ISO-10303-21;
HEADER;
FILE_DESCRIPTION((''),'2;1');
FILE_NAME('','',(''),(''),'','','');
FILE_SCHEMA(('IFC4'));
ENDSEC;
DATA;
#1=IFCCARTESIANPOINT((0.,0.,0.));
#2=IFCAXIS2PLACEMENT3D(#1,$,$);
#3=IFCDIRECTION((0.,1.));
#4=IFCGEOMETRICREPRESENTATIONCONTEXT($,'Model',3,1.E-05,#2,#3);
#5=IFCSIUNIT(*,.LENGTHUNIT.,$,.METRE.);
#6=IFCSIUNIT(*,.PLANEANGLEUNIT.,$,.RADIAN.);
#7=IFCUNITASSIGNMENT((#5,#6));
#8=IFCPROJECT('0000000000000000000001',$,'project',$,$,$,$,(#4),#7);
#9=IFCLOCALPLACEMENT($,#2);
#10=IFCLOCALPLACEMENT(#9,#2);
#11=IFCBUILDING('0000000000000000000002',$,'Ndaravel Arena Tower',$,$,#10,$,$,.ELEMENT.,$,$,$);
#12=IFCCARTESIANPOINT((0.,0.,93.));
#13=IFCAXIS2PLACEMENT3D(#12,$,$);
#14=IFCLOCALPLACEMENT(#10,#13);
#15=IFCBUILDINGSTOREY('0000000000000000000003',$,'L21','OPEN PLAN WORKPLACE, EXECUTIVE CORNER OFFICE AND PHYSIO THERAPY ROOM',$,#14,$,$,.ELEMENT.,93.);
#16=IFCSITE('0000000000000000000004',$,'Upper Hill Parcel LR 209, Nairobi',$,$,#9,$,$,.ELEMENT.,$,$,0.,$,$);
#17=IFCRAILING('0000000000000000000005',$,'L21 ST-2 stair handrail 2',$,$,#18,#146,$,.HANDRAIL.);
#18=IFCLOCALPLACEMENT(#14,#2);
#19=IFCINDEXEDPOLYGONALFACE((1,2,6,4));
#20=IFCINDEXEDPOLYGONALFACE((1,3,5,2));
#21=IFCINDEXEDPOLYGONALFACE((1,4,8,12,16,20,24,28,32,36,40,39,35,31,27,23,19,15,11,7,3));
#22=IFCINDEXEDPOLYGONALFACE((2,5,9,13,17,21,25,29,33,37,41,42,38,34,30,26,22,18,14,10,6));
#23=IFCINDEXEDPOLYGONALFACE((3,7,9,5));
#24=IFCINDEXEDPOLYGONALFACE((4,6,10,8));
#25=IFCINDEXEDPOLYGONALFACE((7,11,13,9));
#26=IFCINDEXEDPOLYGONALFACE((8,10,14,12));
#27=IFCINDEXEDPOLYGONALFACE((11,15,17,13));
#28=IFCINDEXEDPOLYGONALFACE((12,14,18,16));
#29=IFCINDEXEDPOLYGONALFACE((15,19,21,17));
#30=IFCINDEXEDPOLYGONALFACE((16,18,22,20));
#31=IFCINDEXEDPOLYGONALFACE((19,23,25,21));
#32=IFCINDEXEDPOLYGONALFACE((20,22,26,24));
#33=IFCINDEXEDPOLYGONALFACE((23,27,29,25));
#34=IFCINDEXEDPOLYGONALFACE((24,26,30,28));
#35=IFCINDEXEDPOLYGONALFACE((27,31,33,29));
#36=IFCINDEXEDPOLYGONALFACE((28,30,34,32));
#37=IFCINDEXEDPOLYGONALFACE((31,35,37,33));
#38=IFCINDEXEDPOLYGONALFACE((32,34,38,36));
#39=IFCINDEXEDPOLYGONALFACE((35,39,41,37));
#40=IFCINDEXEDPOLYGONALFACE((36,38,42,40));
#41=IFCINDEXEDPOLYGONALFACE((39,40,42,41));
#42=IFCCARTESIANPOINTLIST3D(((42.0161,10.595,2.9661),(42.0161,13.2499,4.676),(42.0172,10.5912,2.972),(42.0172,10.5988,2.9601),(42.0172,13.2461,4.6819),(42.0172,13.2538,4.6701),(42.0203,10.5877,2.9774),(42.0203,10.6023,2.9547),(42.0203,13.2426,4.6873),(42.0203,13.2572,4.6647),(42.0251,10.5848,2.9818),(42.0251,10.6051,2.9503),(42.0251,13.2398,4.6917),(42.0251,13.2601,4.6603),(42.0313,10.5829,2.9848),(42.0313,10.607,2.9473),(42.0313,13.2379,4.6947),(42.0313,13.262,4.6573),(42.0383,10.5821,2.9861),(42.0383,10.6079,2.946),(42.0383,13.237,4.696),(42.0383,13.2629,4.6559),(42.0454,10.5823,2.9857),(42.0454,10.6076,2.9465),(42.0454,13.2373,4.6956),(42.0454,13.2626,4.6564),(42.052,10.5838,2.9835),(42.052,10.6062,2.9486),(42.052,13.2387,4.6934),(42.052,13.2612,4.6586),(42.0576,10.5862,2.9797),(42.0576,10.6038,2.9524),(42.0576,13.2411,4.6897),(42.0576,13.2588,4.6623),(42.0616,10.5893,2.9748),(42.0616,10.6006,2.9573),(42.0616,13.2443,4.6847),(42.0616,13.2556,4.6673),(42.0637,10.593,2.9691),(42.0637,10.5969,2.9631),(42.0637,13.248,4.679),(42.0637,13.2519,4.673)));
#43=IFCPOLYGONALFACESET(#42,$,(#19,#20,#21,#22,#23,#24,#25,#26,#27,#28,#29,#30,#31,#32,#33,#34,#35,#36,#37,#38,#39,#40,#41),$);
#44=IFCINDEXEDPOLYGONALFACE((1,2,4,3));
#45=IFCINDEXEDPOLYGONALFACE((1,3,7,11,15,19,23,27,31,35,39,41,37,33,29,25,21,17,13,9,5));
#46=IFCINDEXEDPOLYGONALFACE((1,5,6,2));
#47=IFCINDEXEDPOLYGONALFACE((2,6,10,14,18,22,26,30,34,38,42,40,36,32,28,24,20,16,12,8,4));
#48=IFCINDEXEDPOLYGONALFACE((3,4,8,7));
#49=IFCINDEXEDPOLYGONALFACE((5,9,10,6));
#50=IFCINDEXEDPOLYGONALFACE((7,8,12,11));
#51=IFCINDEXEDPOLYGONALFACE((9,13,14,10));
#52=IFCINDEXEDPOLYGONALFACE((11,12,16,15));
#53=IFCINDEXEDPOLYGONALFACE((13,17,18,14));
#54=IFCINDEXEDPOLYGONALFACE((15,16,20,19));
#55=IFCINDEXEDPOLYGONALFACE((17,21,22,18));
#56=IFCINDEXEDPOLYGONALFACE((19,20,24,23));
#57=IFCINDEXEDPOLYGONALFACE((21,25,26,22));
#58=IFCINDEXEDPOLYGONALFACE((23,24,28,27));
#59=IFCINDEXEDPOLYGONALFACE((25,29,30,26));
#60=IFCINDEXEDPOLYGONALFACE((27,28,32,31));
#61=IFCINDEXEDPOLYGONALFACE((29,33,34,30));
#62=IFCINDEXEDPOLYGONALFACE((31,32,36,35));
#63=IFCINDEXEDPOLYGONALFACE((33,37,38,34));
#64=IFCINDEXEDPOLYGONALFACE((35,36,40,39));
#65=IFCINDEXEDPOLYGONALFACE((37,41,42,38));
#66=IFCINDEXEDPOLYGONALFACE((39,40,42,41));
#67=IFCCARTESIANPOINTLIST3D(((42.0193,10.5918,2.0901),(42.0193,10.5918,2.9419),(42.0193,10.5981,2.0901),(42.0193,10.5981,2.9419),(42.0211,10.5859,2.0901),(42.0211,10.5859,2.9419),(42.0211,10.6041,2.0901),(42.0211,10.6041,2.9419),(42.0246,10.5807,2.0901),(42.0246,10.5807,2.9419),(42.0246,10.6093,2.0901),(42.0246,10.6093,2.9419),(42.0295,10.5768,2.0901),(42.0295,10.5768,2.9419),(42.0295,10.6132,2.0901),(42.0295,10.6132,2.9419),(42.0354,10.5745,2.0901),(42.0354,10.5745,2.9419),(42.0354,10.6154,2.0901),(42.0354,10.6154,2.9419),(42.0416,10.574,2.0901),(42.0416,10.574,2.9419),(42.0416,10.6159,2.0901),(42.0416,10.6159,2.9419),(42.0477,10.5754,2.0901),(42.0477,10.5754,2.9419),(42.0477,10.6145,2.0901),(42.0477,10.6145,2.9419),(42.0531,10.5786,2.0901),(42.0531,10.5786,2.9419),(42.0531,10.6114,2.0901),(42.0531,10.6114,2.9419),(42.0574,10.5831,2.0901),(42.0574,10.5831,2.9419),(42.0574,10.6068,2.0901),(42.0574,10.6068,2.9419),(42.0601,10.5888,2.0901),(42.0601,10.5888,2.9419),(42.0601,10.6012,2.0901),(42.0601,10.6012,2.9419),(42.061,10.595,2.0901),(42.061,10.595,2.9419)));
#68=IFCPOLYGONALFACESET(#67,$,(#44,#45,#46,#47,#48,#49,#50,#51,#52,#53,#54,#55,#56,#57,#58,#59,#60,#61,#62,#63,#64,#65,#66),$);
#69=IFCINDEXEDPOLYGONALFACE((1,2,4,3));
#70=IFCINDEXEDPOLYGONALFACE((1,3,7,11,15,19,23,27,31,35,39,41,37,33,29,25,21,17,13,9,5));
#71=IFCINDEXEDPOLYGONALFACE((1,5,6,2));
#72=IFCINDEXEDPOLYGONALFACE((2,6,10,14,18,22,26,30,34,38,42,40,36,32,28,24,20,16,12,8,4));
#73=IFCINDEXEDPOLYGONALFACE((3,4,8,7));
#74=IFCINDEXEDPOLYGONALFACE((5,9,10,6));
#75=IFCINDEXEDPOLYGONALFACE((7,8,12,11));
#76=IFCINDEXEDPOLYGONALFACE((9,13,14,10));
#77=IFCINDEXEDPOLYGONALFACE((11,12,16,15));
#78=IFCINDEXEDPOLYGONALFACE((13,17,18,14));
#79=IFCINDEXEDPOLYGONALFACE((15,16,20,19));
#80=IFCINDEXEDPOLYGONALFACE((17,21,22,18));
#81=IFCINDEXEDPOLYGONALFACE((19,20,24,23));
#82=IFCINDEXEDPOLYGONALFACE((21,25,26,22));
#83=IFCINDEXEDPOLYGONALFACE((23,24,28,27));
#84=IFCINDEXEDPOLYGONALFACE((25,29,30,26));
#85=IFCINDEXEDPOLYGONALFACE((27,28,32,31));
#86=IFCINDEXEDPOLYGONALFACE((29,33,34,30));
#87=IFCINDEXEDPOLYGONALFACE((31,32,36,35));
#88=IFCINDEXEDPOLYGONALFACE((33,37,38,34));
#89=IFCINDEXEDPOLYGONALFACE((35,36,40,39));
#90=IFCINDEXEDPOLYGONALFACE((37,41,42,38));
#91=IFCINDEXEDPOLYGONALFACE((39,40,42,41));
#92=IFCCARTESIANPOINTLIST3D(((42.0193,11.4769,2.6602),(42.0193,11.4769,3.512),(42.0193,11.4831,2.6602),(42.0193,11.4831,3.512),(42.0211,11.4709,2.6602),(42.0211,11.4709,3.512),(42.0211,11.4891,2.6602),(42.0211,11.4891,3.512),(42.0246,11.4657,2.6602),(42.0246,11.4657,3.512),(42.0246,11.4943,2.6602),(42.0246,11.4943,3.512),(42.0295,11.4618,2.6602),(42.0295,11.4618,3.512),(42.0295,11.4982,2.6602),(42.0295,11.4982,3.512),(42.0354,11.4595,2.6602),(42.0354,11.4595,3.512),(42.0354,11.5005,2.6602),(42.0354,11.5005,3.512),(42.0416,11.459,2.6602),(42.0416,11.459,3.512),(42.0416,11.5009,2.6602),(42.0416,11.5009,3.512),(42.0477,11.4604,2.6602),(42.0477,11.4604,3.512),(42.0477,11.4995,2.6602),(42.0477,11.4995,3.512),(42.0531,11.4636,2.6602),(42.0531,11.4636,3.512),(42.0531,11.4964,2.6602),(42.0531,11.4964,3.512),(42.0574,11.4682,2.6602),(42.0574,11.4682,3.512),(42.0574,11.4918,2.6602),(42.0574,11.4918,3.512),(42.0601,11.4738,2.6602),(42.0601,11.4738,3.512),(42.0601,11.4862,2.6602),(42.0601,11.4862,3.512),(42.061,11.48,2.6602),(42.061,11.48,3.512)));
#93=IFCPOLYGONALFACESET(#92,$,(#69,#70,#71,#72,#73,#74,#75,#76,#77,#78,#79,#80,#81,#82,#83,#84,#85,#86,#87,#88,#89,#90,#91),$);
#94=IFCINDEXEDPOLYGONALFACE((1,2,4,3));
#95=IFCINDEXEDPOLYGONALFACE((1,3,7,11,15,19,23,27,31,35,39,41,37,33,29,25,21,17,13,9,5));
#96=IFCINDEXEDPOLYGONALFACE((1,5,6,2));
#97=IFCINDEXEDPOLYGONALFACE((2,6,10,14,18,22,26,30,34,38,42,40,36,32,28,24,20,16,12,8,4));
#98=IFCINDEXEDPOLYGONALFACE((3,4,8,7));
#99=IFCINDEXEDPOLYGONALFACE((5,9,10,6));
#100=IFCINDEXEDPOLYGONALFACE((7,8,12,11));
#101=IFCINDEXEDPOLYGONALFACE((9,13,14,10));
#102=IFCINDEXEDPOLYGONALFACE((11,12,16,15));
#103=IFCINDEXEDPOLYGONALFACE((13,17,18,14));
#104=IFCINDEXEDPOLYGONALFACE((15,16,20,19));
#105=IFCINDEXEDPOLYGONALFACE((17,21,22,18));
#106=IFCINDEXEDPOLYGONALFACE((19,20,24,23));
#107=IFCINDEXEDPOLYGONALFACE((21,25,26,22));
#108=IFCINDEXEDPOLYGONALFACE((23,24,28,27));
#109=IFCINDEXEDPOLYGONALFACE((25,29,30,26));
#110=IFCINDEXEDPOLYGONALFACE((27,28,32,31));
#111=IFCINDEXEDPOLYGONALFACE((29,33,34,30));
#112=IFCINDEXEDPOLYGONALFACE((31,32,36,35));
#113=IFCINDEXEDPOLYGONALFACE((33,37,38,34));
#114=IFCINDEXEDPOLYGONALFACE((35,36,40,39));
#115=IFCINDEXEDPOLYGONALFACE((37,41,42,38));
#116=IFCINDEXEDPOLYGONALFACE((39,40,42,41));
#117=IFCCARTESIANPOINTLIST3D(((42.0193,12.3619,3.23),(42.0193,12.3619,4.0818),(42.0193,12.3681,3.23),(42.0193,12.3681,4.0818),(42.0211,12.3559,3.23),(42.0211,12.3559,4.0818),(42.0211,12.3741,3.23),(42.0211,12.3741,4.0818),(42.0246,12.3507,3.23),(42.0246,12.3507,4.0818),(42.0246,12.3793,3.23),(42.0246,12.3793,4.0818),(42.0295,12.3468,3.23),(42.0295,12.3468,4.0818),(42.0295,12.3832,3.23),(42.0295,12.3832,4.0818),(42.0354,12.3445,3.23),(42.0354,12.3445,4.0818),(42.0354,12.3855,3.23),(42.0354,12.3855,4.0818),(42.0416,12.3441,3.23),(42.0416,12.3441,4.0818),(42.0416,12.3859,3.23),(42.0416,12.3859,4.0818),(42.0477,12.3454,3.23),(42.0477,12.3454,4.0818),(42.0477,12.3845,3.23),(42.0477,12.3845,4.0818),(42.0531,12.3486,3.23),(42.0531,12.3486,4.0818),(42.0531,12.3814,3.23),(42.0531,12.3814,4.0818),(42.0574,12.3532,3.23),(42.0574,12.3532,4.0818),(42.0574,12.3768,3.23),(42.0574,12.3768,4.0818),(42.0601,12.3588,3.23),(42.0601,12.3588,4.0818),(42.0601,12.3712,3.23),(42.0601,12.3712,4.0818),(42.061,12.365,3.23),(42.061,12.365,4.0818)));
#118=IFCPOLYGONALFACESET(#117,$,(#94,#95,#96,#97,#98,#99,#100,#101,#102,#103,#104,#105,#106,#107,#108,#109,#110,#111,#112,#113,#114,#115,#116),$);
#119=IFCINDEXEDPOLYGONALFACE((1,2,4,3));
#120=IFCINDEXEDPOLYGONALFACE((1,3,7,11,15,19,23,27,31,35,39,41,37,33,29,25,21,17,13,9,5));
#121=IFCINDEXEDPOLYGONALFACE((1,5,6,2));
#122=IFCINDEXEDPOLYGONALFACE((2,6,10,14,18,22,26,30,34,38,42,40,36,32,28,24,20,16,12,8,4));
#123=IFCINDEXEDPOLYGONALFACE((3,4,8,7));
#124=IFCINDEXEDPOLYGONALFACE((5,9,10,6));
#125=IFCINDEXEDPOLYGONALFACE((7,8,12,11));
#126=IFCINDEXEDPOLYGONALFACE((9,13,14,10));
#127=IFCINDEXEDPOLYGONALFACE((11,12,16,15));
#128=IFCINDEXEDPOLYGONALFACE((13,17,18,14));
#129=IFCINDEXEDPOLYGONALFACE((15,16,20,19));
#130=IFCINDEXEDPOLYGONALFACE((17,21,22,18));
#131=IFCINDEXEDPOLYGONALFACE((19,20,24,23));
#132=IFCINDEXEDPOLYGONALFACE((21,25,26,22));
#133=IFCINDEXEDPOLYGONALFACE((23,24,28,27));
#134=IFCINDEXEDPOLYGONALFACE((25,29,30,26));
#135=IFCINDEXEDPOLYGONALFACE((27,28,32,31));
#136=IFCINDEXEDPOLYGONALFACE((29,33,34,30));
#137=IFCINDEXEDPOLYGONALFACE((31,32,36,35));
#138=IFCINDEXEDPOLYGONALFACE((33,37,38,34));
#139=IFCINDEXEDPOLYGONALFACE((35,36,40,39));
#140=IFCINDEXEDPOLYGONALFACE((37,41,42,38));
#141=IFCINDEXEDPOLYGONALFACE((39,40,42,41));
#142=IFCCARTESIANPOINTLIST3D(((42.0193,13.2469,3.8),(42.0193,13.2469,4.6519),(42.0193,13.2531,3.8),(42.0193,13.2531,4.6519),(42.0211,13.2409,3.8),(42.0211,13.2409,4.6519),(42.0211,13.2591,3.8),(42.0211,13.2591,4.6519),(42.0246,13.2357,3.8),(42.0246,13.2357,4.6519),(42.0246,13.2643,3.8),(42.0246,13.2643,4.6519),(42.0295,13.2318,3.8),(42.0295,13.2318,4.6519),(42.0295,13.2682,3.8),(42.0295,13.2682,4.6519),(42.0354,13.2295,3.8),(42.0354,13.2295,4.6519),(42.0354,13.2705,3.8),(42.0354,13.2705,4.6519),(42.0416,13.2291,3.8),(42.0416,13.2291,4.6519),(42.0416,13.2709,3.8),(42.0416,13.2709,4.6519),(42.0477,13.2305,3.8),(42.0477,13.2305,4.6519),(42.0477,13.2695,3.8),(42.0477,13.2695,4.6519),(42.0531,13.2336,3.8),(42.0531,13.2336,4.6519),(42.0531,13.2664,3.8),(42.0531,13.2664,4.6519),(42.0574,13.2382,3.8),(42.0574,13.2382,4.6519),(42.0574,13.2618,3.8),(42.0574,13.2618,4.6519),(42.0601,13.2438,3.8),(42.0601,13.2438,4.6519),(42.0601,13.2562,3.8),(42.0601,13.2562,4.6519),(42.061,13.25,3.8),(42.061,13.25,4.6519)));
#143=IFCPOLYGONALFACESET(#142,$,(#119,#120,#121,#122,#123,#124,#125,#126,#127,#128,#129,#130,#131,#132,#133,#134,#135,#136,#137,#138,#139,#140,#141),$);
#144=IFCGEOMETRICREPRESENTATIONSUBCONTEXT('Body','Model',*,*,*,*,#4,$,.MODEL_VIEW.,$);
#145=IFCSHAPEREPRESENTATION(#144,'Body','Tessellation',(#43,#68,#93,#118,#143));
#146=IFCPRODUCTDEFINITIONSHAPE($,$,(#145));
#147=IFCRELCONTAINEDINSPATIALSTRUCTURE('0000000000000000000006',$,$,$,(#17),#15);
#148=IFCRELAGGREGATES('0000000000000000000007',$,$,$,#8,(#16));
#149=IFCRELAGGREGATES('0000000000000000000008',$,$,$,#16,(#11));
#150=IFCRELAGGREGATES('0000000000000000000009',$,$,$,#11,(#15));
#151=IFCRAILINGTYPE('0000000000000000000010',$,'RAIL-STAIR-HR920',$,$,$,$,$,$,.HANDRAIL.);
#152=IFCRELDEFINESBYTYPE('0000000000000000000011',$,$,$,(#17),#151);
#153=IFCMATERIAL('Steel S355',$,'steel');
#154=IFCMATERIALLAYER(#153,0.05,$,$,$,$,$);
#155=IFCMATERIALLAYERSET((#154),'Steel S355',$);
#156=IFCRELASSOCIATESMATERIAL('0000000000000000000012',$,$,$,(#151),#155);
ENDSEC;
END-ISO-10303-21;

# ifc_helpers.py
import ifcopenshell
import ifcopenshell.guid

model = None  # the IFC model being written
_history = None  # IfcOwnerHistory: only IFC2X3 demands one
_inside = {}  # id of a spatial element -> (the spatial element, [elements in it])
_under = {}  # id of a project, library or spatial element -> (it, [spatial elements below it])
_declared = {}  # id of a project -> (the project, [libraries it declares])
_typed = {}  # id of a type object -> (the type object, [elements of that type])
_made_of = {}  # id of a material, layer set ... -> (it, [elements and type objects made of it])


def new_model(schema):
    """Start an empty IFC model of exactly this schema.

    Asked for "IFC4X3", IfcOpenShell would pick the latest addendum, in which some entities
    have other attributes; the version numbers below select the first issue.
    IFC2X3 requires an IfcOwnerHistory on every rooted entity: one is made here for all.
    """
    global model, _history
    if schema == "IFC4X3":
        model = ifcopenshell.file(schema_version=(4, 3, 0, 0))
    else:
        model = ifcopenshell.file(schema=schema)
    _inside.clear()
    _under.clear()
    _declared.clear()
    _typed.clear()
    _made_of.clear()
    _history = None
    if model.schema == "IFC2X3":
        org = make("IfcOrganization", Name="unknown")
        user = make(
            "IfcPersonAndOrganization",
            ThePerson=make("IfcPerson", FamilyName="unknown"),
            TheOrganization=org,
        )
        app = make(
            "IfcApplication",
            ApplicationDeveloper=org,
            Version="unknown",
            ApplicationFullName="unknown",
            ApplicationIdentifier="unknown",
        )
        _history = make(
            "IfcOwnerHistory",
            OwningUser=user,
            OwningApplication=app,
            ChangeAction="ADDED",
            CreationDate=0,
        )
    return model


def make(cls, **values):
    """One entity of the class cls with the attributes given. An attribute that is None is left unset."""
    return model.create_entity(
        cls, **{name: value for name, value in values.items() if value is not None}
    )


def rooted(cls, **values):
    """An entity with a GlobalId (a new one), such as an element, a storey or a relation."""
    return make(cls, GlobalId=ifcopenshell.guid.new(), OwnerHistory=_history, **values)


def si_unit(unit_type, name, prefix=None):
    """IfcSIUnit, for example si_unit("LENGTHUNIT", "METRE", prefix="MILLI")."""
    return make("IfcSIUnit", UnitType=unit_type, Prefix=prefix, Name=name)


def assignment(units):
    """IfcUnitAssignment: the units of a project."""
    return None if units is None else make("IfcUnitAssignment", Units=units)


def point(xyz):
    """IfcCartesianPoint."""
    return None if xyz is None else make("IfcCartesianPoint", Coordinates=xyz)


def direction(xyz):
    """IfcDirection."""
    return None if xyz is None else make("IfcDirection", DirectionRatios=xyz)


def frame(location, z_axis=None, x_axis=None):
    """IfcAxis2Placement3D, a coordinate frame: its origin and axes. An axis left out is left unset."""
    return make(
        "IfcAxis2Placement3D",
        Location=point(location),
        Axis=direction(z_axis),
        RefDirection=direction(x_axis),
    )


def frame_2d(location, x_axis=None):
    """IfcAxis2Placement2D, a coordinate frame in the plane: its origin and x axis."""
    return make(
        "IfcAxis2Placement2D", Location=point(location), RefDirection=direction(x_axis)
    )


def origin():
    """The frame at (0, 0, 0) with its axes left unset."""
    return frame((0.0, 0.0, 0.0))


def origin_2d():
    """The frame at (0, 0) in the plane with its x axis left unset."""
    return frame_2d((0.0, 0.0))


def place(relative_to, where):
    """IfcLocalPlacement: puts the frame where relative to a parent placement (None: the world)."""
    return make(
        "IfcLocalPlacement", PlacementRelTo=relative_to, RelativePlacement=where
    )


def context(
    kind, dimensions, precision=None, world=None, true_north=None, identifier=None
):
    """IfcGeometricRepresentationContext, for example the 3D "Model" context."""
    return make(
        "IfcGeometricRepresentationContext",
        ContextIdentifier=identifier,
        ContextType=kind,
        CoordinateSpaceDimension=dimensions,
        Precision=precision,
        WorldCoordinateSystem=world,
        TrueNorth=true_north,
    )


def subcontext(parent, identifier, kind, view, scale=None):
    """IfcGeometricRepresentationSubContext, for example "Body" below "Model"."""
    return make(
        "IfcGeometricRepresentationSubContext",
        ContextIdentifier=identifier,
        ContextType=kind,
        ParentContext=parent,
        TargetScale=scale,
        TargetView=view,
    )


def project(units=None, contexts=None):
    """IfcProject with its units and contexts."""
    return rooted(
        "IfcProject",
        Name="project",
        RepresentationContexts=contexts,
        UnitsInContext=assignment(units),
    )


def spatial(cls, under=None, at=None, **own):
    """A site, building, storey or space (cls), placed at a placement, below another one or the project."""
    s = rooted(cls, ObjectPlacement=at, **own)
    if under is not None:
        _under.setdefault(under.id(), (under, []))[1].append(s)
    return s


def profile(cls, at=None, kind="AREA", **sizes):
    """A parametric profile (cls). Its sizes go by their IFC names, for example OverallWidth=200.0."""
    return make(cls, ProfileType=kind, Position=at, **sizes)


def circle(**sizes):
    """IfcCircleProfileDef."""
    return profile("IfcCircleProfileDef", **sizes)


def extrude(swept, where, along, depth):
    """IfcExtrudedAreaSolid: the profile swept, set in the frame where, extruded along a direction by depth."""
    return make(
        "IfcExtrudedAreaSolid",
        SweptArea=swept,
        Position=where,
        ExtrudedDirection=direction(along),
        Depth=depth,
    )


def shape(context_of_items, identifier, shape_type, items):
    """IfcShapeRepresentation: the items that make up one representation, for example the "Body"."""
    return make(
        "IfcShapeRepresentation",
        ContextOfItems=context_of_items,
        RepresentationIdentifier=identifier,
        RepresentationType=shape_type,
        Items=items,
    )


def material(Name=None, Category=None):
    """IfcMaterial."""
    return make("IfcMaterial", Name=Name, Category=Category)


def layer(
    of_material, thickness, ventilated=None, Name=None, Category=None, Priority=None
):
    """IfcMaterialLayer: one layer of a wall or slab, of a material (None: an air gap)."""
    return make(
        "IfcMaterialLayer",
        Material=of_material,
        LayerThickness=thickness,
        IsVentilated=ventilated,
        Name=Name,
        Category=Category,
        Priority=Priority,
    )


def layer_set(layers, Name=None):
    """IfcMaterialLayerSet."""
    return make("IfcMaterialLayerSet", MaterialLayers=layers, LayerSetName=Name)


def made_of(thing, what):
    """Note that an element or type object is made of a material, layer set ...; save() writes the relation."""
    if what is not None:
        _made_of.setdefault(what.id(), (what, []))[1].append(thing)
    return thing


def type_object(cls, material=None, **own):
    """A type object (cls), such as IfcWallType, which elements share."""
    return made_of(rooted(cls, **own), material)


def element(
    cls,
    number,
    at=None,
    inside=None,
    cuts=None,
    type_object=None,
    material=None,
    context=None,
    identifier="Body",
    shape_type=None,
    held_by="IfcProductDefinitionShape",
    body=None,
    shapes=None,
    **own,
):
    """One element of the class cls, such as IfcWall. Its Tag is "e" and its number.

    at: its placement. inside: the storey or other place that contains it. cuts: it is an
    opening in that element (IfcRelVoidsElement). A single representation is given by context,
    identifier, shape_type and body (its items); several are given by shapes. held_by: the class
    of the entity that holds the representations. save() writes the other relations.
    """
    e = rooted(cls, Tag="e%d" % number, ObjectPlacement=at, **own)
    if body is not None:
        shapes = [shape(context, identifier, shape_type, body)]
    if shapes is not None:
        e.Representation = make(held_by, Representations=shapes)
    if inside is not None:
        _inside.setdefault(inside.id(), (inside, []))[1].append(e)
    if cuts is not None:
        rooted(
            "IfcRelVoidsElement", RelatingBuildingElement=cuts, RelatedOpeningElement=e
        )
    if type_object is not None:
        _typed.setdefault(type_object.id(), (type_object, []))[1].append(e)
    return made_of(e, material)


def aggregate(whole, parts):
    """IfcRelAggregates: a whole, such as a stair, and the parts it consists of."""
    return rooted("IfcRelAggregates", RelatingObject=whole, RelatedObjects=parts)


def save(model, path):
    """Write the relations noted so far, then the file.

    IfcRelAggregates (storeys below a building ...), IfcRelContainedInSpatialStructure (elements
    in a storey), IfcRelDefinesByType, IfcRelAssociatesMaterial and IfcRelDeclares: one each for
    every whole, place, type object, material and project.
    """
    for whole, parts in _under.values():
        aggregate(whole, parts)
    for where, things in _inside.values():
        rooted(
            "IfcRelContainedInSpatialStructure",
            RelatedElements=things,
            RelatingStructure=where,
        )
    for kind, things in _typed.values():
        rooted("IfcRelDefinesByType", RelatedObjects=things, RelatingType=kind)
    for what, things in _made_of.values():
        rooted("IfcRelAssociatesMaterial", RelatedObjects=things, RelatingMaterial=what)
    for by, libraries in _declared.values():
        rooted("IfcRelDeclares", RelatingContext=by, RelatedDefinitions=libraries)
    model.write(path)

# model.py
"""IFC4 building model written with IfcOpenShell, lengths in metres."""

from ifc_helpers import new_model, si_unit, direction, frame, origin, origin_2d, place, context, subcontext, project, spatial, circle, extrude, material, layer, layer_set, type_object, element, save


model = new_model("IFC4")

# Units and contexts
model_context = context("Model", 3, precision=1e-05, world=origin(), true_north=direction((0.0, 1.0)))
body_context = subcontext(model_context, "Body", "Model", "MODEL_VIEW")
ifc_project = project(units=[si_unit("LENGTHUNIT", "METRE"), si_unit("PLANEANGLEUNIT", "RADIAN")], contexts=[model_context])

# Site, building, storey
site_placement = place(None, origin())
site = spatial("IfcSite", under=ifc_project, at=site_placement, Name="Upper Hill Parcel LR 209, Nairobi", CompositionType="ELEMENT", RefElevation=0.0)
building_placement = place(site_placement, origin())
building = spatial("IfcBuilding", under=site, at=building_placement, Name="Ndaravel Arena Tower", CompositionType="ELEMENT")
storey_placement = place(building_placement, frame((0.0, 0.0, 93.0)))
storey = spatial("IfcBuildingStorey", under=building, at=storey_placement, Name="L21", Description="OPEN PLAN WORKPLACE, EXECUTIVE CORNER OFFICE AND PHYSIO THERAPY ROOM", CompositionType="ELEMENT", Elevation=93.0)

# Railing
ifc_material_1 = material(Name="Steel S355", Category="steel")
ifc_layer_1 = layer(ifc_material_1, 0.05)
ifc_layer_set_1 = layer_set([ifc_layer_1], Name="Steel S355")
railing_type_1 = type_object("IfcRailingType", Name="RAIL-STAIR-HR920", PredefinedType="HANDRAIL", material=ifc_layer_set_1)
railing_1_placement = place(storey_placement, frame((42.04, 10.595, 2.0901)))
element("IfcRailing", 1, at=railing_1_placement, inside=storey, type_object=railing_type_1, Name="L21 ST-2 stair handrail 2", PredefinedType="HANDRAIL", context=body_context, shape_type="SweptSolid", body=[
    extrude(circle(Radius=0.0239, at=origin_2d()), frame((0.0, 0.0, 0.876), z_axis=(0.0, 0.840724, 0.541465), x_axis=(-1.0, 0.0, 0.0)), (0.0, 0.0, 1.0), 3.158),
    extrude(circle(Radius=0.021, at=origin_2d()), origin(), (0.0, 0.0, 1.0), 0.8518),
    extrude(circle(Radius=0.021, at=origin_2d()), frame((0.0, 0.885, 0.5701)), (0.0, 0.0, 1.0), 0.8518),
    extrude(circle(Radius=0.021, at=origin_2d()), frame((0.0, 1.77, 1.1399)), (0.0, 0.0, 1.0), 0.8518),
    extrude(circle(Radius=0.021, at=origin_2d()), frame((0.0, 2.655, 1.71)), (0.0, 0.0, 1.0), 0.8518),
])

save(model, "model.ifc")
